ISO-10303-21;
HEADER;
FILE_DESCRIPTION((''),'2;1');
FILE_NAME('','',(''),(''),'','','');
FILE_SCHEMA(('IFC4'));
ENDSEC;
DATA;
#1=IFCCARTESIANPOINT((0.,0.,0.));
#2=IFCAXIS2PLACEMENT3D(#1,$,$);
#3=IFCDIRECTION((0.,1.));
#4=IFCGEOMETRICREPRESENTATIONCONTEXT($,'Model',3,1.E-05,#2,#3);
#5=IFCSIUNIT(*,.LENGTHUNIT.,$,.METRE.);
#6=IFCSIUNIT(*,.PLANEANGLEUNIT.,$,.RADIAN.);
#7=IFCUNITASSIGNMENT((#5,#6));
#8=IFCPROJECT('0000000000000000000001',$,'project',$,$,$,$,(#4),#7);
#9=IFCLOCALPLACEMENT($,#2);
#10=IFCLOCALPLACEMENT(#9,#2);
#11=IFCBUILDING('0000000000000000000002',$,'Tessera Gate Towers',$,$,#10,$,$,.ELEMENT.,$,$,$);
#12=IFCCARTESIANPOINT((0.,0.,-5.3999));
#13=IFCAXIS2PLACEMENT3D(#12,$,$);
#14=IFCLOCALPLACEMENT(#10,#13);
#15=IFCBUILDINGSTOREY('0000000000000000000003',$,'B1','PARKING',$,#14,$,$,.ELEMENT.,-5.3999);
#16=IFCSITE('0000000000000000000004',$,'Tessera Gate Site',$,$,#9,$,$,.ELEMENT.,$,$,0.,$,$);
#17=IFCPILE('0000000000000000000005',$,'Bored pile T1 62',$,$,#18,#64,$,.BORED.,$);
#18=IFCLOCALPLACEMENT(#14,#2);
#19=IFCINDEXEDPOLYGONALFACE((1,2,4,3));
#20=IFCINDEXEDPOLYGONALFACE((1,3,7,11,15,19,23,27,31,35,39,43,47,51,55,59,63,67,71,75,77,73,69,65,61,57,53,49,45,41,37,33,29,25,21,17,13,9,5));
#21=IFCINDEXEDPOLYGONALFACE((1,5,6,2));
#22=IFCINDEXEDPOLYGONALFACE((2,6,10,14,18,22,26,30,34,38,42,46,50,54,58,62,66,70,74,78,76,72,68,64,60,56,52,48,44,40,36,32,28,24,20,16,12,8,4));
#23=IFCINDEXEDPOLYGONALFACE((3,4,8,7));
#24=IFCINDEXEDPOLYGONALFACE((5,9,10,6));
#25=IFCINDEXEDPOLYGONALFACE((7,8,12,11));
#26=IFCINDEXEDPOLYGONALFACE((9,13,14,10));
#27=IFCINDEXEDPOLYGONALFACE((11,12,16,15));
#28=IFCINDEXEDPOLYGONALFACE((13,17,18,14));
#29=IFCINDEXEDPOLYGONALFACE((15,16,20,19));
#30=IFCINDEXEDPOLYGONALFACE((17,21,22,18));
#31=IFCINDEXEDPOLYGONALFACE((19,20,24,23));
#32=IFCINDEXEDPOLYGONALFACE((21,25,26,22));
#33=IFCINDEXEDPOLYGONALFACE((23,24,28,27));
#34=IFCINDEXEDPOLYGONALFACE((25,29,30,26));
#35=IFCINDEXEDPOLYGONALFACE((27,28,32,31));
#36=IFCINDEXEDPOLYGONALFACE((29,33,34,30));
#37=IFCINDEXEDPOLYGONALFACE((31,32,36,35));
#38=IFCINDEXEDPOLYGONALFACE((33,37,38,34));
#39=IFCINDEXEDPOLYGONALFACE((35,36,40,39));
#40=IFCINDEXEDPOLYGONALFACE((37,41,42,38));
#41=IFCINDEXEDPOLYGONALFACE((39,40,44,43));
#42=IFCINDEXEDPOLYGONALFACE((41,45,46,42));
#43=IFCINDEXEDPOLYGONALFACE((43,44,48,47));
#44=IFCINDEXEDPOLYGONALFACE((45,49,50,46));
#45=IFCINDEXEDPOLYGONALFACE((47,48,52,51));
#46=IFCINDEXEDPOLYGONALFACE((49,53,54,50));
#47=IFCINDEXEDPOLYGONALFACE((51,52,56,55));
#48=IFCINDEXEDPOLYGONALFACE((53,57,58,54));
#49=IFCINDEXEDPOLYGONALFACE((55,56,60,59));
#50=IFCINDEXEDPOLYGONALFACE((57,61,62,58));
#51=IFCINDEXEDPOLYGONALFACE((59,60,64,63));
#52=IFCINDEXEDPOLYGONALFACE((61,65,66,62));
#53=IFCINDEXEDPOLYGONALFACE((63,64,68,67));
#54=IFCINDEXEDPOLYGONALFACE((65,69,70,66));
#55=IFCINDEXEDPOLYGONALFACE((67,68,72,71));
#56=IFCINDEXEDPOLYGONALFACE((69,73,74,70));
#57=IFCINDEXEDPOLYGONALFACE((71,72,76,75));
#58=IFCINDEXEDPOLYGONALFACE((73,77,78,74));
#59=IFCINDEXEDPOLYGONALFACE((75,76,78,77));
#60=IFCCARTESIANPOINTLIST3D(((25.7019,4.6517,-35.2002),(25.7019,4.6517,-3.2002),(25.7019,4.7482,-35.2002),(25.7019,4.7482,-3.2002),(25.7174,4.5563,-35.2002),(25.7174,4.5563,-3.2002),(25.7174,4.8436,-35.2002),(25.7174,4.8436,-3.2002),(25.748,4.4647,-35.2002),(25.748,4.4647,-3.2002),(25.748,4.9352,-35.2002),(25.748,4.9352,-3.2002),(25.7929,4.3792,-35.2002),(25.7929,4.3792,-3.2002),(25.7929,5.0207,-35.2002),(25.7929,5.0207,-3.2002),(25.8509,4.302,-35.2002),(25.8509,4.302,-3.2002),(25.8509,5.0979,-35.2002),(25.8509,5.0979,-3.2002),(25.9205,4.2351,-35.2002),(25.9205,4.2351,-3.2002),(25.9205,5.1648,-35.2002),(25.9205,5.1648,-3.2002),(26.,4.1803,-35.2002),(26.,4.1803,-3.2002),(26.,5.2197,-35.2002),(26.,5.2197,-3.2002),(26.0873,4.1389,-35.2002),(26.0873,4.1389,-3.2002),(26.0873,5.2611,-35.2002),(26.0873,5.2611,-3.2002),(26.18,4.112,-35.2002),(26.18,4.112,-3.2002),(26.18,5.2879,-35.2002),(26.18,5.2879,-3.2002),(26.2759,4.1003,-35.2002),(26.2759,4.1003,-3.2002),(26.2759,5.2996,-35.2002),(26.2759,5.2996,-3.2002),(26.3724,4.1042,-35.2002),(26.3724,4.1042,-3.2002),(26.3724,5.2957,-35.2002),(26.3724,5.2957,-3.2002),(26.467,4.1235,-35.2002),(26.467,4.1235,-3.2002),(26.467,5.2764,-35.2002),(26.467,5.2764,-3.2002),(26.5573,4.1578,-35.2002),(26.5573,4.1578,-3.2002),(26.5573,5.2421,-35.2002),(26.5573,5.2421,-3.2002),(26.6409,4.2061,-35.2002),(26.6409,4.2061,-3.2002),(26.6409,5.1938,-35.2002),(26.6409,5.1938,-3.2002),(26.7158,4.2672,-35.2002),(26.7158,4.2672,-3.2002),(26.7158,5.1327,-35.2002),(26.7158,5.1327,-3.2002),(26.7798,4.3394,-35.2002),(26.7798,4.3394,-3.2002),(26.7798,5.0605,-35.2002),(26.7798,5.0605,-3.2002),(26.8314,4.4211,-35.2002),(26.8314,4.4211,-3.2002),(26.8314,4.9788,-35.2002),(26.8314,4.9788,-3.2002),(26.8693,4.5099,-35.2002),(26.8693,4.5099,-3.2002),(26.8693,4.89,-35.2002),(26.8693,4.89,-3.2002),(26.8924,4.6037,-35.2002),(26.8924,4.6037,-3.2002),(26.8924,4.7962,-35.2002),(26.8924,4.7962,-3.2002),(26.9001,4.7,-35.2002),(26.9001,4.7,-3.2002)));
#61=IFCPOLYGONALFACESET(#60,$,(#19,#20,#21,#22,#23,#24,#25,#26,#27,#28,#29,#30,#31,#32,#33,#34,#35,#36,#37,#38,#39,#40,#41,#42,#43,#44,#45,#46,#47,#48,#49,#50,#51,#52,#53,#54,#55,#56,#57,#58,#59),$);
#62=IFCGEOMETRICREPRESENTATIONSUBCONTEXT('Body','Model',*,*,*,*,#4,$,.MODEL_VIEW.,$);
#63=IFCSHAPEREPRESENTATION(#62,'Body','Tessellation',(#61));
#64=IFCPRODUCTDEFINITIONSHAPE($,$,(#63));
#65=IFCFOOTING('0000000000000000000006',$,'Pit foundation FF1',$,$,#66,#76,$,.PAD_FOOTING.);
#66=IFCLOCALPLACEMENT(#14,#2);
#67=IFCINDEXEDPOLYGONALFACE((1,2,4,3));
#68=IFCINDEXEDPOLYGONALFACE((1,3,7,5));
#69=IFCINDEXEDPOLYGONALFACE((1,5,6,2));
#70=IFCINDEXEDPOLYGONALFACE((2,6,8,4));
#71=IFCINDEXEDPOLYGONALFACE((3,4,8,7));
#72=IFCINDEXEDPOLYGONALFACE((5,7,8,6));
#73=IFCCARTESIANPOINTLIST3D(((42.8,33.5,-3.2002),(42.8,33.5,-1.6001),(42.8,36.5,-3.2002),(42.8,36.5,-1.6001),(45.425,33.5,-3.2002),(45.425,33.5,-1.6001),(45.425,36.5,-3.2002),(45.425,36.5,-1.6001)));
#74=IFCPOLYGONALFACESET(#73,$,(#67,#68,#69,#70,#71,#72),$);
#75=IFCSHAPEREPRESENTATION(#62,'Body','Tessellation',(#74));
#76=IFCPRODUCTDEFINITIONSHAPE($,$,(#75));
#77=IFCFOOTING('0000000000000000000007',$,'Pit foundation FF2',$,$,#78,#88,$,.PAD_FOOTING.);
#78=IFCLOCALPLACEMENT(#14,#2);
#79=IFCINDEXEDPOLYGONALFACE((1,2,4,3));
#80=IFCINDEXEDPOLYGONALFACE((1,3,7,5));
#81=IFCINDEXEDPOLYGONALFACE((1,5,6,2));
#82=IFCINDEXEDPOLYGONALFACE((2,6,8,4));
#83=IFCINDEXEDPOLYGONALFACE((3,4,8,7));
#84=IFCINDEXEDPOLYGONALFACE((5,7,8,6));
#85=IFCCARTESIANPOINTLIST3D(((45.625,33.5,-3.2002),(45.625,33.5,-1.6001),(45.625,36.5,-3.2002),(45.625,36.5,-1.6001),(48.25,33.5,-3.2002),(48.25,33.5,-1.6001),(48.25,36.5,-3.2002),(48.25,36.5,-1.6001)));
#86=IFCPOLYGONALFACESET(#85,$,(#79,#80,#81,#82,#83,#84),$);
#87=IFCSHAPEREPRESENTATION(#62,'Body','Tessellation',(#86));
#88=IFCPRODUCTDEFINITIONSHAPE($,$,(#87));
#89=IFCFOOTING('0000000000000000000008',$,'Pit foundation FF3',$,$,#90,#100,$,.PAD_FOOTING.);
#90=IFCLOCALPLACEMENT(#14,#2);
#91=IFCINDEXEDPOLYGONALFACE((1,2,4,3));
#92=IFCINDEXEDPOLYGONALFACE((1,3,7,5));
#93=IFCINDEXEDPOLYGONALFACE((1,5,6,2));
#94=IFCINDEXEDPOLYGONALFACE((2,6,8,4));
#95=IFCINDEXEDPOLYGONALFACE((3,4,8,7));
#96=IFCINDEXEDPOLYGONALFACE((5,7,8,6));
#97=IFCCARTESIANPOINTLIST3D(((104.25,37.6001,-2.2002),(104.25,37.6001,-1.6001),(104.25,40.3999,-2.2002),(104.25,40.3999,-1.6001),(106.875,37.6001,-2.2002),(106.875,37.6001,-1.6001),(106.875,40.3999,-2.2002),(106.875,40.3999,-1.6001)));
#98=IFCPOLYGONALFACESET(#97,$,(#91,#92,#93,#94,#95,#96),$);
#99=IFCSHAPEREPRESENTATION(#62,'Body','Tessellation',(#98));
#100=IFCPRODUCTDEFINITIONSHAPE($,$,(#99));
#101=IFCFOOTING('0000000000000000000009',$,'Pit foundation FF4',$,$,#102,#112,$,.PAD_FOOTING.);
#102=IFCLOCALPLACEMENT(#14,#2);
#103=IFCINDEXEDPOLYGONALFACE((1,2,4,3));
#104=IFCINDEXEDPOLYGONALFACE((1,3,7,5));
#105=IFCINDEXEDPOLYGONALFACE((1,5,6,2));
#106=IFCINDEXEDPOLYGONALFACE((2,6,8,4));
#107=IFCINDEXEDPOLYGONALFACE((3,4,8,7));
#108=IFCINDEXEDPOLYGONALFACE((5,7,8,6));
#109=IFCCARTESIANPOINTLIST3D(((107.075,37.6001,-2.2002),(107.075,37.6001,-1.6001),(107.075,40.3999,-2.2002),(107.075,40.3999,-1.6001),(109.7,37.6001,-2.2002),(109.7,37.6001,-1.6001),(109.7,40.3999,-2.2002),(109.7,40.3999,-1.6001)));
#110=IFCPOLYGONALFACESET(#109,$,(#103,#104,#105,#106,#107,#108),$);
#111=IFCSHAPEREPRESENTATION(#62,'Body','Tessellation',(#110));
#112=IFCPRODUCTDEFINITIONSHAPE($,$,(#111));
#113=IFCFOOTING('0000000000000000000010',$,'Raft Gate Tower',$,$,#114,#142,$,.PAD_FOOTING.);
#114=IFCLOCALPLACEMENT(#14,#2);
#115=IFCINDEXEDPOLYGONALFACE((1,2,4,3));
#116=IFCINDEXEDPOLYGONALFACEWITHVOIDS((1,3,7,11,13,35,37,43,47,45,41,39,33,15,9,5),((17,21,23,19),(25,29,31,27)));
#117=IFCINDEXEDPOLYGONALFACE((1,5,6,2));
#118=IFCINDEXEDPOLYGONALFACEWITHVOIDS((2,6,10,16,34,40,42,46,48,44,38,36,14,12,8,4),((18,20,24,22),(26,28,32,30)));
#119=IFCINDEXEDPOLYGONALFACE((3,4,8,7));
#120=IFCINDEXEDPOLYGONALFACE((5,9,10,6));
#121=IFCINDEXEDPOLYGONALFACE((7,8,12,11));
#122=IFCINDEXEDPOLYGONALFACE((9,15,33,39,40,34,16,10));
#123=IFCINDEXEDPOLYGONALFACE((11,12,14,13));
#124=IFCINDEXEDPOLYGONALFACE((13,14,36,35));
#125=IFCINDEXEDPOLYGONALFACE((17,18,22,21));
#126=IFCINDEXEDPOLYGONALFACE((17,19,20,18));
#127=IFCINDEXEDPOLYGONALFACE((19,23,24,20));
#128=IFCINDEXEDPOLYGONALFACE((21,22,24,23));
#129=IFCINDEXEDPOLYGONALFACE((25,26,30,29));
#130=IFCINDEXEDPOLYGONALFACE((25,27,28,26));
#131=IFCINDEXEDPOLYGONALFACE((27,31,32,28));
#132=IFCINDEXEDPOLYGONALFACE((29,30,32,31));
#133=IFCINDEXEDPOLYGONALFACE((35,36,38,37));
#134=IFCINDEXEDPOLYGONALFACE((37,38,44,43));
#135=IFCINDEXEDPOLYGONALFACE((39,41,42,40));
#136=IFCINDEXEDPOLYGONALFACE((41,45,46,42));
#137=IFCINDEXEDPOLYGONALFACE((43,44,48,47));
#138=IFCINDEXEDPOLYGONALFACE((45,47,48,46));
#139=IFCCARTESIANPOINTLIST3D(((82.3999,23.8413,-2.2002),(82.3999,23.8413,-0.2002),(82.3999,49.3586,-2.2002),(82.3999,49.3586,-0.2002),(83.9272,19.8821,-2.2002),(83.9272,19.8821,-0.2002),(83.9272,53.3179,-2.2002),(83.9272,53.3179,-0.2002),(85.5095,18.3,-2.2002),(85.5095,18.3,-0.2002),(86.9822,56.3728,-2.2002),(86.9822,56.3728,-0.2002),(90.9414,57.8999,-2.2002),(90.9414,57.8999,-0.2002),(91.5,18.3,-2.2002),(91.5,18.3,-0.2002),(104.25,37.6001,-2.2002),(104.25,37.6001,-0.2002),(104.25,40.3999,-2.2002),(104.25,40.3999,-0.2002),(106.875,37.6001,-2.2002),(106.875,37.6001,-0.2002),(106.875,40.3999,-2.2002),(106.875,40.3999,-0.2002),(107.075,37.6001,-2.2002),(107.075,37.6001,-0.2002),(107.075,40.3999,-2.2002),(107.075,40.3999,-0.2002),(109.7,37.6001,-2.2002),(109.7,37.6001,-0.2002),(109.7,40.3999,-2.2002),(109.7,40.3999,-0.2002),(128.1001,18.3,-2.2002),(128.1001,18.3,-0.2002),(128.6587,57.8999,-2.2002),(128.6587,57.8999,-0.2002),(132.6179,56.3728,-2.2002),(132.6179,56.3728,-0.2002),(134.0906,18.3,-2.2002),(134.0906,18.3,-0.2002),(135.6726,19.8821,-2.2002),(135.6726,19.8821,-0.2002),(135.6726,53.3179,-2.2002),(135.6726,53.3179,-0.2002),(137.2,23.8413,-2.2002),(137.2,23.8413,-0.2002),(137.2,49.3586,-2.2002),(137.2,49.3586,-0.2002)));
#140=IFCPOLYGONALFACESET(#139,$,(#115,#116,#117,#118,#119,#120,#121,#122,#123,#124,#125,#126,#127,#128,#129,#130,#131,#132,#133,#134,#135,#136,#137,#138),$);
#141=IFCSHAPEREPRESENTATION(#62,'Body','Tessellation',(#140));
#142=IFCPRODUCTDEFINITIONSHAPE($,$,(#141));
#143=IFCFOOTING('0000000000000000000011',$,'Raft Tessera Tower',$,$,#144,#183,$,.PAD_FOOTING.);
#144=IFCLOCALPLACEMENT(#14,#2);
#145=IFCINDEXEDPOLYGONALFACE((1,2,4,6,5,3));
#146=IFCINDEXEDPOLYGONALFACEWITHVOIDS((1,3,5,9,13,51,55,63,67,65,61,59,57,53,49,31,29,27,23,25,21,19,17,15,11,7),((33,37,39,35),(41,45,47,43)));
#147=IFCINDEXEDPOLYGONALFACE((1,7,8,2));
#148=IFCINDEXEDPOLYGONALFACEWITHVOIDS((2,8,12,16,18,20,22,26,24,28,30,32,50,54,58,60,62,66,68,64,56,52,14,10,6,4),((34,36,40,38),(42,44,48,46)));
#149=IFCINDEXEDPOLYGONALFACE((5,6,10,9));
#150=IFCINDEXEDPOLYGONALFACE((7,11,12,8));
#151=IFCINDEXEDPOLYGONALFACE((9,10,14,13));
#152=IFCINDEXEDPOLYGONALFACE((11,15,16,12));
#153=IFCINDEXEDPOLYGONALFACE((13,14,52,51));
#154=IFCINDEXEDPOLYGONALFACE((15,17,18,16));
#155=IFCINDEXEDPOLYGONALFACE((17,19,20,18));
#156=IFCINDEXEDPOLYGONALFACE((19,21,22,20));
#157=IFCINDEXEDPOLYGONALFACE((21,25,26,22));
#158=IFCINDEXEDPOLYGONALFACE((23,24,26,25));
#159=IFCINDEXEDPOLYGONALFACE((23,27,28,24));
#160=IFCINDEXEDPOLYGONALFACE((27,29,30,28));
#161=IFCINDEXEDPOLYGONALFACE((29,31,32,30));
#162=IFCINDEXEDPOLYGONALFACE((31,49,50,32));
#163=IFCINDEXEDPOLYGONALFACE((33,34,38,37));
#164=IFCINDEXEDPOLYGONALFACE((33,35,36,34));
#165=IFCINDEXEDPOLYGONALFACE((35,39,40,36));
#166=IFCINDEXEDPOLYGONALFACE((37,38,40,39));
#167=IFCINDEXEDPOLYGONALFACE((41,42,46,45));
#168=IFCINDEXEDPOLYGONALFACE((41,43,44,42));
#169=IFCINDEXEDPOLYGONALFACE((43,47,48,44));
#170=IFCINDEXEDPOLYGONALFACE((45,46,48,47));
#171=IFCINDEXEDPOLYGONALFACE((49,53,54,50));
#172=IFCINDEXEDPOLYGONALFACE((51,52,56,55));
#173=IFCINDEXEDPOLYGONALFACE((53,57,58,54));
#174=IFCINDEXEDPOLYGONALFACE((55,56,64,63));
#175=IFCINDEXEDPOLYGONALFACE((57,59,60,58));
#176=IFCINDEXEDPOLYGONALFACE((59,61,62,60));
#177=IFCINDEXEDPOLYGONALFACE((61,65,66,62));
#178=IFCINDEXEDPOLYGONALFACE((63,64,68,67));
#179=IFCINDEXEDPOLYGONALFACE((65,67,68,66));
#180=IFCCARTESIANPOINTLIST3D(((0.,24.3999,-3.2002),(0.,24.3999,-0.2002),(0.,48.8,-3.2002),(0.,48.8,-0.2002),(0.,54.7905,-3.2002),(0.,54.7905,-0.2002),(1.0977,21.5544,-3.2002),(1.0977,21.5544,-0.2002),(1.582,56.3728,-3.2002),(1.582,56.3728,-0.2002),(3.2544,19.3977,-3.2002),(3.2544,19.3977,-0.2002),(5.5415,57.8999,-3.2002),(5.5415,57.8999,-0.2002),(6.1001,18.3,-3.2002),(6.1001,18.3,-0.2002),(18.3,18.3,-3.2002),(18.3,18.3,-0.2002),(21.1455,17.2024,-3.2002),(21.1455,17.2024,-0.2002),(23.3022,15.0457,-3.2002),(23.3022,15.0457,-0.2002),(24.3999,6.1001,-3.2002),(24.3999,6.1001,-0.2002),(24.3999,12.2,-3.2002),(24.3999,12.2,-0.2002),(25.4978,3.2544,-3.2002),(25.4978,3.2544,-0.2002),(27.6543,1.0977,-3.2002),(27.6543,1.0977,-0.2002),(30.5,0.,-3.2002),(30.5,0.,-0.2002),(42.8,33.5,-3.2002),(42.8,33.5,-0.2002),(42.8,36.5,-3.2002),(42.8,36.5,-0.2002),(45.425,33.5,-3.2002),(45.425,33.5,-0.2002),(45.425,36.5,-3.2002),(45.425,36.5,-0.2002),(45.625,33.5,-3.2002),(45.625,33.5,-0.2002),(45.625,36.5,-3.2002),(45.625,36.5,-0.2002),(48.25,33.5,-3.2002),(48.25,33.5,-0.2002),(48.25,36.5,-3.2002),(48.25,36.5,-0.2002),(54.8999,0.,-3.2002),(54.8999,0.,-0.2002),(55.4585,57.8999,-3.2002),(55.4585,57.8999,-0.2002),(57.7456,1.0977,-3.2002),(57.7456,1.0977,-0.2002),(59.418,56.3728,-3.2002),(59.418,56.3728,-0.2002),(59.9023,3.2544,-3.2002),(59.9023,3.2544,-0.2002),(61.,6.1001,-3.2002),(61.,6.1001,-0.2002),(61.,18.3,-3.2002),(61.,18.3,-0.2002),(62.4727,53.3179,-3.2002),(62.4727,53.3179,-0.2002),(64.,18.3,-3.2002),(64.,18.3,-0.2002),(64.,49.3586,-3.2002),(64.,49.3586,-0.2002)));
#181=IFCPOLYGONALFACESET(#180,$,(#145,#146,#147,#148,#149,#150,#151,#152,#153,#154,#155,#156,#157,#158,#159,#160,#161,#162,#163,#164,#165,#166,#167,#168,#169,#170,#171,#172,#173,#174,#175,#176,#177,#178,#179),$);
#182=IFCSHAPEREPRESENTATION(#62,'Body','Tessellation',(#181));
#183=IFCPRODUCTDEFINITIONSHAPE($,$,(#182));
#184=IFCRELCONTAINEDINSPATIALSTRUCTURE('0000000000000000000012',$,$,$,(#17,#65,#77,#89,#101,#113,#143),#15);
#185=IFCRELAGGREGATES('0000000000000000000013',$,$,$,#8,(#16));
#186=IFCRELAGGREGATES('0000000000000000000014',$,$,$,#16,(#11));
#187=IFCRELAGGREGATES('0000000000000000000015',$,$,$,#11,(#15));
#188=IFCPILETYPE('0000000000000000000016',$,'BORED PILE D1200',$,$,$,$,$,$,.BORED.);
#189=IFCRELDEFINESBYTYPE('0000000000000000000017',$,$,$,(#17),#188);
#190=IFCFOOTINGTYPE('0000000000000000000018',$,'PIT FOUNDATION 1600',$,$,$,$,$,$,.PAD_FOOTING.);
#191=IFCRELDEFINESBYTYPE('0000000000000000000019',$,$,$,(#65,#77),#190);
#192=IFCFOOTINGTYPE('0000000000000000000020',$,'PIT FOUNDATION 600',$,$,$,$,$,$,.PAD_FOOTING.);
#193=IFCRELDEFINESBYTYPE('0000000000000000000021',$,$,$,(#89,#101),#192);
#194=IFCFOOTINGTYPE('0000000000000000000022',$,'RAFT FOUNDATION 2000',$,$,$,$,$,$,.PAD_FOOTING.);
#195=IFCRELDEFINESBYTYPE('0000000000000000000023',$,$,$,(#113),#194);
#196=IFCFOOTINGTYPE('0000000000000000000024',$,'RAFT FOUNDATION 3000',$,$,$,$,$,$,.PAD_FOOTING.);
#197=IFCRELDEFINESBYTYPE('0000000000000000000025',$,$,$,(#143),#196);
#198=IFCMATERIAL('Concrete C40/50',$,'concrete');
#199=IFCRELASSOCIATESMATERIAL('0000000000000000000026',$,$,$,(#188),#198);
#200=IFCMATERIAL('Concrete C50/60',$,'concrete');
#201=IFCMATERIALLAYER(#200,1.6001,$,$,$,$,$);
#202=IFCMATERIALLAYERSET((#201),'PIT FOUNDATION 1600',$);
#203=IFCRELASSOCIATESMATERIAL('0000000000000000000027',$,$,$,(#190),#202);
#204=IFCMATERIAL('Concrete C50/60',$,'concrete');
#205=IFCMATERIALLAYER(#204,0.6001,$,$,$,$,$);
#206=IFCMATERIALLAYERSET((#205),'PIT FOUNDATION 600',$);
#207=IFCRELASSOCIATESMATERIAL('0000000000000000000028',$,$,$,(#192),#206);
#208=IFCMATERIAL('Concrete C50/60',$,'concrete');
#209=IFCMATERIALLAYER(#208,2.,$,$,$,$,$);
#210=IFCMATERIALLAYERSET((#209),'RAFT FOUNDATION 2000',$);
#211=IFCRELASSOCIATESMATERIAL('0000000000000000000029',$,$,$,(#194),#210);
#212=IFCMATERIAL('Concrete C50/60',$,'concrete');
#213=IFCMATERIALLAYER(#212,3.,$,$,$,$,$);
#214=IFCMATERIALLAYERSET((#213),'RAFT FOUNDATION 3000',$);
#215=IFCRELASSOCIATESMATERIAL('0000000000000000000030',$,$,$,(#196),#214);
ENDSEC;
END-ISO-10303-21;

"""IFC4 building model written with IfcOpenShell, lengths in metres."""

from ifc_helpers import new_model, si_unit, direction, frame, origin, origin_2d, place, context, subcontext, project, spatial, polyline, circle, outline, extrude, material, layer, layer_set, material_profile, profile_set, type_object, element, save


model = new_model("IFC4")

# Units and contexts
model_context = context("Model", 3, precision=1e-05, world=origin(), true_north=direction((0.0, 1.0)))
body_context = subcontext(model_context, "Body", "Model", "MODEL_VIEW")
ifc_project = project(units=[si_unit("LENGTHUNIT", "METRE"), si_unit("PLANEANGLEUNIT", "RADIAN")], contexts=[model_context])

# Site, building, storey
site_placement = place(None, origin())
site = spatial("IfcSite", under=ifc_project, at=site_placement, Name="Tessera Gate Site", CompositionType="ELEMENT", RefElevation=0.0)
building_placement = place(site_placement, origin())
building = spatial("IfcBuilding", under=site, at=building_placement, Name="Tessera Gate Towers", CompositionType="ELEMENT")
storey_placement = place(building_placement, frame((0.0, 0.0, -5.3999)))
storey = spatial("IfcBuildingStorey", under=building, at=storey_placement, Name="B1", Description="PARKING", CompositionType="ELEMENT", Elevation=-5.3999)

# Pile
ifc_material_1 = material(Name="Concrete C40/50", Category="concrete")
ifc_material_profile = material_profile(ifc_material_1, circle(Radius=0.6001, at=origin_2d()), Name="BORED PILE D1200")
ifc_profile_set = profile_set([ifc_material_profile], Name="Concrete C40/50")
pile_type = type_object("IfcPileType", Name="BORED PILE D1200", PredefinedType="BORED", material=ifc_profile_set)
pile_placement = place(storey_placement, frame((26.3, 4.7, -3.2002), z_axis=(0.0, 0.0, -1.0), x_axis=(1.0, 0.0, 0.0)))
element("IfcPile", 1, at=pile_placement, inside=storey, type_object=pile_type, Name="Bored pile T1 62", PredefinedType="BORED", context=body_context, shape_type="SweptSolid", body=[
    extrude(circle(Radius=0.6001, at=origin_2d()), origin(), (0.0, 0.0, 1.0), 32.0),
])

# Footings
ifc_material_2 = material(Name="Concrete C50/60", Category="concrete")
ifc_layer_1 = layer(ifc_material_2, 1.6001)
ifc_layer_set_1 = layer_set([ifc_layer_1], Name="PIT FOUNDATION 1600")
footing_type_1 = type_object("IfcFootingType", Name="PIT FOUNDATION 1600", PredefinedType="PAD_FOOTING", material=ifc_layer_set_1)
footing_1_placement = place(storey_placement, frame((0.0, 0.0, -3.2002)))
element("IfcFooting", 2, at=footing_1_placement, inside=storey, type_object=footing_type_1, Name="Pit foundation FF1", PredefinedType="PAD_FOOTING", context=body_context, shape_type="SweptSolid", body=[
    extrude(outline(polyline([(42.8, 33.5), (45.425, 33.5), (45.425, 36.5), (42.8, 36.5), (42.8, 33.5)])), origin(), (0.0, 0.0, 1.0), 1.6001),
])
footing_2_placement = place(storey_placement, frame((0.0, 0.0, -3.2002)))
element("IfcFooting", 3, at=footing_2_placement, inside=storey, type_object=footing_type_1, Name="Pit foundation FF2", PredefinedType="PAD_FOOTING", context=body_context, shape_type="SweptSolid", body=[
    extrude(outline(polyline([(45.625, 33.5), (48.25, 33.5), (48.25, 36.5), (45.625, 36.5), (45.625, 33.5)])), origin(), (0.0, 0.0, 1.0), 1.6001),
])
ifc_material_3 = material(Name="Concrete C50/60", Category="concrete")
ifc_layer_2 = layer(ifc_material_3, 0.6001)
ifc_layer_set_2 = layer_set([ifc_layer_2], Name="PIT FOUNDATION 600")
footing_type_2 = type_object("IfcFootingType", Name="PIT FOUNDATION 600", PredefinedType="PAD_FOOTING", material=ifc_layer_set_2)
footing_3_placement = place(storey_placement, frame((0.0, 0.0, -2.2002)))
element("IfcFooting", 4, at=footing_3_placement, inside=storey, type_object=footing_type_2, Name="Pit foundation FF3", PredefinedType="PAD_FOOTING", context=body_context, shape_type="SweptSolid", body=[
    extrude(outline(polyline([(104.25, 37.6001), (106.875, 37.6001), (106.875, 40.3999), (104.25, 40.3999), (104.25, 37.6001)])), origin(), (0.0, 0.0, 1.0), 0.6001),
])
footing_4_placement = place(storey_placement, frame((0.0, 0.0, -2.2002)))
element("IfcFooting", 5, at=footing_4_placement, inside=storey, type_object=footing_type_2, Name="Pit foundation FF4", PredefinedType="PAD_FOOTING", context=body_context, shape_type="SweptSolid", body=[
    extrude(outline(polyline([(107.075, 37.6001), (109.7, 37.6001), (109.7, 40.3999), (107.075, 40.3999), (107.075, 37.6001)])), origin(), (0.0, 0.0, 1.0), 0.6001),
])
ifc_material_4 = material(Name="Concrete C50/60", Category="concrete")
ifc_layer_3 = layer(ifc_material_4, 2.0)
ifc_layer_set_3 = layer_set([ifc_layer_3], Name="RAFT FOUNDATION 2000")
footing_type_3 = type_object("IfcFootingType", Name="RAFT FOUNDATION 2000", PredefinedType="PAD_FOOTING", material=ifc_layer_set_3)
footing_5_placement = place(storey_placement, frame((0.0, 0.0, -2.2002)))
element("IfcFooting", 6, at=footing_5_placement, inside=storey, type_object=footing_type_3, Name="Raft Gate Tower", PredefinedType="PAD_FOOTING", context=body_context, shape_type="SweptSolid", body=[
    extrude(outline(polyline([(82.3999, 23.8413), (83.9272, 19.8821), (85.5095, 18.3), (91.5, 18.3), (128.1001, 18.3), (134.0906, 18.3), (135.6726, 19.8821), (137.2, 23.8413), (137.2, 49.3586), (135.6726, 53.3179), (132.6179, 56.3728), (128.6587, 57.8999), (90.9414, 57.8999), (86.9822, 56.3728), (83.9272, 53.3179), (82.3999, 49.3586), (82.3999, 23.8413)]), holes=[polyline([(104.25, 37.6001), (104.25, 40.3999), (106.875, 40.3999), (106.875, 37.6001), (104.25, 37.6001)]), polyline([(107.075, 37.6001), (107.075, 40.3999), (109.7, 40.3999), (109.7, 37.6001), (107.075, 37.6001)])]), origin(), (0.0, 0.0, 1.0), 2.0),
])
ifc_material_5 = material(Name="Concrete C50/60", Category="concrete")
ifc_layer_4 = layer(ifc_material_5, 3.0)
ifc_layer_set_4 = layer_set([ifc_layer_4], Name="RAFT FOUNDATION 3000")
footing_type_4 = type_object("IfcFootingType", Name="RAFT FOUNDATION 3000", PredefinedType="PAD_FOOTING", material=ifc_layer_set_4)
footing_6_placement = place(storey_placement, frame((0.0, 0.0, -3.2002)))
element("IfcFooting", 7, at=footing_6_placement, inside=storey, type_object=footing_type_4, Name="Raft Tessera Tower", PredefinedType="PAD_FOOTING", context=body_context, shape_type="SweptSolid", body=[
    extrude(outline(polyline([(0.0, 24.3999), (1.0977, 21.5544), (3.2544, 19.3977), (6.1001, 18.3), (18.3, 18.3), (21.1455, 17.2024), (23.3022, 15.0457), (24.3999, 12.2), (24.3999, 6.1001), (25.4978, 3.2544), (27.6543, 1.0977), (30.5, 0.0), (54.8999, 0.0), (57.7456, 1.0977), (59.9023, 3.2544), (61.0, 6.1001), (61.0, 18.3), (64.0, 18.3), (64.0, 49.3586), (62.4727, 53.3179), (59.418, 56.3728), (55.4585, 57.8999), (5.5415, 57.8999), (1.582, 56.3728), (0.0, 54.7905), (0.0, 48.8), (0.0, 24.3999)]), holes=[polyline([(42.8, 33.5), (42.8, 36.5), (45.425, 36.5), (45.425, 33.5), (42.8, 33.5)]), polyline([(45.625, 33.5), (45.625, 36.5), (48.25, 36.5), (48.25, 33.5), (45.625, 33.5)])]), origin(), (0.0, 0.0, 1.0), 3.0),
])

save(model, "model.ifc")
